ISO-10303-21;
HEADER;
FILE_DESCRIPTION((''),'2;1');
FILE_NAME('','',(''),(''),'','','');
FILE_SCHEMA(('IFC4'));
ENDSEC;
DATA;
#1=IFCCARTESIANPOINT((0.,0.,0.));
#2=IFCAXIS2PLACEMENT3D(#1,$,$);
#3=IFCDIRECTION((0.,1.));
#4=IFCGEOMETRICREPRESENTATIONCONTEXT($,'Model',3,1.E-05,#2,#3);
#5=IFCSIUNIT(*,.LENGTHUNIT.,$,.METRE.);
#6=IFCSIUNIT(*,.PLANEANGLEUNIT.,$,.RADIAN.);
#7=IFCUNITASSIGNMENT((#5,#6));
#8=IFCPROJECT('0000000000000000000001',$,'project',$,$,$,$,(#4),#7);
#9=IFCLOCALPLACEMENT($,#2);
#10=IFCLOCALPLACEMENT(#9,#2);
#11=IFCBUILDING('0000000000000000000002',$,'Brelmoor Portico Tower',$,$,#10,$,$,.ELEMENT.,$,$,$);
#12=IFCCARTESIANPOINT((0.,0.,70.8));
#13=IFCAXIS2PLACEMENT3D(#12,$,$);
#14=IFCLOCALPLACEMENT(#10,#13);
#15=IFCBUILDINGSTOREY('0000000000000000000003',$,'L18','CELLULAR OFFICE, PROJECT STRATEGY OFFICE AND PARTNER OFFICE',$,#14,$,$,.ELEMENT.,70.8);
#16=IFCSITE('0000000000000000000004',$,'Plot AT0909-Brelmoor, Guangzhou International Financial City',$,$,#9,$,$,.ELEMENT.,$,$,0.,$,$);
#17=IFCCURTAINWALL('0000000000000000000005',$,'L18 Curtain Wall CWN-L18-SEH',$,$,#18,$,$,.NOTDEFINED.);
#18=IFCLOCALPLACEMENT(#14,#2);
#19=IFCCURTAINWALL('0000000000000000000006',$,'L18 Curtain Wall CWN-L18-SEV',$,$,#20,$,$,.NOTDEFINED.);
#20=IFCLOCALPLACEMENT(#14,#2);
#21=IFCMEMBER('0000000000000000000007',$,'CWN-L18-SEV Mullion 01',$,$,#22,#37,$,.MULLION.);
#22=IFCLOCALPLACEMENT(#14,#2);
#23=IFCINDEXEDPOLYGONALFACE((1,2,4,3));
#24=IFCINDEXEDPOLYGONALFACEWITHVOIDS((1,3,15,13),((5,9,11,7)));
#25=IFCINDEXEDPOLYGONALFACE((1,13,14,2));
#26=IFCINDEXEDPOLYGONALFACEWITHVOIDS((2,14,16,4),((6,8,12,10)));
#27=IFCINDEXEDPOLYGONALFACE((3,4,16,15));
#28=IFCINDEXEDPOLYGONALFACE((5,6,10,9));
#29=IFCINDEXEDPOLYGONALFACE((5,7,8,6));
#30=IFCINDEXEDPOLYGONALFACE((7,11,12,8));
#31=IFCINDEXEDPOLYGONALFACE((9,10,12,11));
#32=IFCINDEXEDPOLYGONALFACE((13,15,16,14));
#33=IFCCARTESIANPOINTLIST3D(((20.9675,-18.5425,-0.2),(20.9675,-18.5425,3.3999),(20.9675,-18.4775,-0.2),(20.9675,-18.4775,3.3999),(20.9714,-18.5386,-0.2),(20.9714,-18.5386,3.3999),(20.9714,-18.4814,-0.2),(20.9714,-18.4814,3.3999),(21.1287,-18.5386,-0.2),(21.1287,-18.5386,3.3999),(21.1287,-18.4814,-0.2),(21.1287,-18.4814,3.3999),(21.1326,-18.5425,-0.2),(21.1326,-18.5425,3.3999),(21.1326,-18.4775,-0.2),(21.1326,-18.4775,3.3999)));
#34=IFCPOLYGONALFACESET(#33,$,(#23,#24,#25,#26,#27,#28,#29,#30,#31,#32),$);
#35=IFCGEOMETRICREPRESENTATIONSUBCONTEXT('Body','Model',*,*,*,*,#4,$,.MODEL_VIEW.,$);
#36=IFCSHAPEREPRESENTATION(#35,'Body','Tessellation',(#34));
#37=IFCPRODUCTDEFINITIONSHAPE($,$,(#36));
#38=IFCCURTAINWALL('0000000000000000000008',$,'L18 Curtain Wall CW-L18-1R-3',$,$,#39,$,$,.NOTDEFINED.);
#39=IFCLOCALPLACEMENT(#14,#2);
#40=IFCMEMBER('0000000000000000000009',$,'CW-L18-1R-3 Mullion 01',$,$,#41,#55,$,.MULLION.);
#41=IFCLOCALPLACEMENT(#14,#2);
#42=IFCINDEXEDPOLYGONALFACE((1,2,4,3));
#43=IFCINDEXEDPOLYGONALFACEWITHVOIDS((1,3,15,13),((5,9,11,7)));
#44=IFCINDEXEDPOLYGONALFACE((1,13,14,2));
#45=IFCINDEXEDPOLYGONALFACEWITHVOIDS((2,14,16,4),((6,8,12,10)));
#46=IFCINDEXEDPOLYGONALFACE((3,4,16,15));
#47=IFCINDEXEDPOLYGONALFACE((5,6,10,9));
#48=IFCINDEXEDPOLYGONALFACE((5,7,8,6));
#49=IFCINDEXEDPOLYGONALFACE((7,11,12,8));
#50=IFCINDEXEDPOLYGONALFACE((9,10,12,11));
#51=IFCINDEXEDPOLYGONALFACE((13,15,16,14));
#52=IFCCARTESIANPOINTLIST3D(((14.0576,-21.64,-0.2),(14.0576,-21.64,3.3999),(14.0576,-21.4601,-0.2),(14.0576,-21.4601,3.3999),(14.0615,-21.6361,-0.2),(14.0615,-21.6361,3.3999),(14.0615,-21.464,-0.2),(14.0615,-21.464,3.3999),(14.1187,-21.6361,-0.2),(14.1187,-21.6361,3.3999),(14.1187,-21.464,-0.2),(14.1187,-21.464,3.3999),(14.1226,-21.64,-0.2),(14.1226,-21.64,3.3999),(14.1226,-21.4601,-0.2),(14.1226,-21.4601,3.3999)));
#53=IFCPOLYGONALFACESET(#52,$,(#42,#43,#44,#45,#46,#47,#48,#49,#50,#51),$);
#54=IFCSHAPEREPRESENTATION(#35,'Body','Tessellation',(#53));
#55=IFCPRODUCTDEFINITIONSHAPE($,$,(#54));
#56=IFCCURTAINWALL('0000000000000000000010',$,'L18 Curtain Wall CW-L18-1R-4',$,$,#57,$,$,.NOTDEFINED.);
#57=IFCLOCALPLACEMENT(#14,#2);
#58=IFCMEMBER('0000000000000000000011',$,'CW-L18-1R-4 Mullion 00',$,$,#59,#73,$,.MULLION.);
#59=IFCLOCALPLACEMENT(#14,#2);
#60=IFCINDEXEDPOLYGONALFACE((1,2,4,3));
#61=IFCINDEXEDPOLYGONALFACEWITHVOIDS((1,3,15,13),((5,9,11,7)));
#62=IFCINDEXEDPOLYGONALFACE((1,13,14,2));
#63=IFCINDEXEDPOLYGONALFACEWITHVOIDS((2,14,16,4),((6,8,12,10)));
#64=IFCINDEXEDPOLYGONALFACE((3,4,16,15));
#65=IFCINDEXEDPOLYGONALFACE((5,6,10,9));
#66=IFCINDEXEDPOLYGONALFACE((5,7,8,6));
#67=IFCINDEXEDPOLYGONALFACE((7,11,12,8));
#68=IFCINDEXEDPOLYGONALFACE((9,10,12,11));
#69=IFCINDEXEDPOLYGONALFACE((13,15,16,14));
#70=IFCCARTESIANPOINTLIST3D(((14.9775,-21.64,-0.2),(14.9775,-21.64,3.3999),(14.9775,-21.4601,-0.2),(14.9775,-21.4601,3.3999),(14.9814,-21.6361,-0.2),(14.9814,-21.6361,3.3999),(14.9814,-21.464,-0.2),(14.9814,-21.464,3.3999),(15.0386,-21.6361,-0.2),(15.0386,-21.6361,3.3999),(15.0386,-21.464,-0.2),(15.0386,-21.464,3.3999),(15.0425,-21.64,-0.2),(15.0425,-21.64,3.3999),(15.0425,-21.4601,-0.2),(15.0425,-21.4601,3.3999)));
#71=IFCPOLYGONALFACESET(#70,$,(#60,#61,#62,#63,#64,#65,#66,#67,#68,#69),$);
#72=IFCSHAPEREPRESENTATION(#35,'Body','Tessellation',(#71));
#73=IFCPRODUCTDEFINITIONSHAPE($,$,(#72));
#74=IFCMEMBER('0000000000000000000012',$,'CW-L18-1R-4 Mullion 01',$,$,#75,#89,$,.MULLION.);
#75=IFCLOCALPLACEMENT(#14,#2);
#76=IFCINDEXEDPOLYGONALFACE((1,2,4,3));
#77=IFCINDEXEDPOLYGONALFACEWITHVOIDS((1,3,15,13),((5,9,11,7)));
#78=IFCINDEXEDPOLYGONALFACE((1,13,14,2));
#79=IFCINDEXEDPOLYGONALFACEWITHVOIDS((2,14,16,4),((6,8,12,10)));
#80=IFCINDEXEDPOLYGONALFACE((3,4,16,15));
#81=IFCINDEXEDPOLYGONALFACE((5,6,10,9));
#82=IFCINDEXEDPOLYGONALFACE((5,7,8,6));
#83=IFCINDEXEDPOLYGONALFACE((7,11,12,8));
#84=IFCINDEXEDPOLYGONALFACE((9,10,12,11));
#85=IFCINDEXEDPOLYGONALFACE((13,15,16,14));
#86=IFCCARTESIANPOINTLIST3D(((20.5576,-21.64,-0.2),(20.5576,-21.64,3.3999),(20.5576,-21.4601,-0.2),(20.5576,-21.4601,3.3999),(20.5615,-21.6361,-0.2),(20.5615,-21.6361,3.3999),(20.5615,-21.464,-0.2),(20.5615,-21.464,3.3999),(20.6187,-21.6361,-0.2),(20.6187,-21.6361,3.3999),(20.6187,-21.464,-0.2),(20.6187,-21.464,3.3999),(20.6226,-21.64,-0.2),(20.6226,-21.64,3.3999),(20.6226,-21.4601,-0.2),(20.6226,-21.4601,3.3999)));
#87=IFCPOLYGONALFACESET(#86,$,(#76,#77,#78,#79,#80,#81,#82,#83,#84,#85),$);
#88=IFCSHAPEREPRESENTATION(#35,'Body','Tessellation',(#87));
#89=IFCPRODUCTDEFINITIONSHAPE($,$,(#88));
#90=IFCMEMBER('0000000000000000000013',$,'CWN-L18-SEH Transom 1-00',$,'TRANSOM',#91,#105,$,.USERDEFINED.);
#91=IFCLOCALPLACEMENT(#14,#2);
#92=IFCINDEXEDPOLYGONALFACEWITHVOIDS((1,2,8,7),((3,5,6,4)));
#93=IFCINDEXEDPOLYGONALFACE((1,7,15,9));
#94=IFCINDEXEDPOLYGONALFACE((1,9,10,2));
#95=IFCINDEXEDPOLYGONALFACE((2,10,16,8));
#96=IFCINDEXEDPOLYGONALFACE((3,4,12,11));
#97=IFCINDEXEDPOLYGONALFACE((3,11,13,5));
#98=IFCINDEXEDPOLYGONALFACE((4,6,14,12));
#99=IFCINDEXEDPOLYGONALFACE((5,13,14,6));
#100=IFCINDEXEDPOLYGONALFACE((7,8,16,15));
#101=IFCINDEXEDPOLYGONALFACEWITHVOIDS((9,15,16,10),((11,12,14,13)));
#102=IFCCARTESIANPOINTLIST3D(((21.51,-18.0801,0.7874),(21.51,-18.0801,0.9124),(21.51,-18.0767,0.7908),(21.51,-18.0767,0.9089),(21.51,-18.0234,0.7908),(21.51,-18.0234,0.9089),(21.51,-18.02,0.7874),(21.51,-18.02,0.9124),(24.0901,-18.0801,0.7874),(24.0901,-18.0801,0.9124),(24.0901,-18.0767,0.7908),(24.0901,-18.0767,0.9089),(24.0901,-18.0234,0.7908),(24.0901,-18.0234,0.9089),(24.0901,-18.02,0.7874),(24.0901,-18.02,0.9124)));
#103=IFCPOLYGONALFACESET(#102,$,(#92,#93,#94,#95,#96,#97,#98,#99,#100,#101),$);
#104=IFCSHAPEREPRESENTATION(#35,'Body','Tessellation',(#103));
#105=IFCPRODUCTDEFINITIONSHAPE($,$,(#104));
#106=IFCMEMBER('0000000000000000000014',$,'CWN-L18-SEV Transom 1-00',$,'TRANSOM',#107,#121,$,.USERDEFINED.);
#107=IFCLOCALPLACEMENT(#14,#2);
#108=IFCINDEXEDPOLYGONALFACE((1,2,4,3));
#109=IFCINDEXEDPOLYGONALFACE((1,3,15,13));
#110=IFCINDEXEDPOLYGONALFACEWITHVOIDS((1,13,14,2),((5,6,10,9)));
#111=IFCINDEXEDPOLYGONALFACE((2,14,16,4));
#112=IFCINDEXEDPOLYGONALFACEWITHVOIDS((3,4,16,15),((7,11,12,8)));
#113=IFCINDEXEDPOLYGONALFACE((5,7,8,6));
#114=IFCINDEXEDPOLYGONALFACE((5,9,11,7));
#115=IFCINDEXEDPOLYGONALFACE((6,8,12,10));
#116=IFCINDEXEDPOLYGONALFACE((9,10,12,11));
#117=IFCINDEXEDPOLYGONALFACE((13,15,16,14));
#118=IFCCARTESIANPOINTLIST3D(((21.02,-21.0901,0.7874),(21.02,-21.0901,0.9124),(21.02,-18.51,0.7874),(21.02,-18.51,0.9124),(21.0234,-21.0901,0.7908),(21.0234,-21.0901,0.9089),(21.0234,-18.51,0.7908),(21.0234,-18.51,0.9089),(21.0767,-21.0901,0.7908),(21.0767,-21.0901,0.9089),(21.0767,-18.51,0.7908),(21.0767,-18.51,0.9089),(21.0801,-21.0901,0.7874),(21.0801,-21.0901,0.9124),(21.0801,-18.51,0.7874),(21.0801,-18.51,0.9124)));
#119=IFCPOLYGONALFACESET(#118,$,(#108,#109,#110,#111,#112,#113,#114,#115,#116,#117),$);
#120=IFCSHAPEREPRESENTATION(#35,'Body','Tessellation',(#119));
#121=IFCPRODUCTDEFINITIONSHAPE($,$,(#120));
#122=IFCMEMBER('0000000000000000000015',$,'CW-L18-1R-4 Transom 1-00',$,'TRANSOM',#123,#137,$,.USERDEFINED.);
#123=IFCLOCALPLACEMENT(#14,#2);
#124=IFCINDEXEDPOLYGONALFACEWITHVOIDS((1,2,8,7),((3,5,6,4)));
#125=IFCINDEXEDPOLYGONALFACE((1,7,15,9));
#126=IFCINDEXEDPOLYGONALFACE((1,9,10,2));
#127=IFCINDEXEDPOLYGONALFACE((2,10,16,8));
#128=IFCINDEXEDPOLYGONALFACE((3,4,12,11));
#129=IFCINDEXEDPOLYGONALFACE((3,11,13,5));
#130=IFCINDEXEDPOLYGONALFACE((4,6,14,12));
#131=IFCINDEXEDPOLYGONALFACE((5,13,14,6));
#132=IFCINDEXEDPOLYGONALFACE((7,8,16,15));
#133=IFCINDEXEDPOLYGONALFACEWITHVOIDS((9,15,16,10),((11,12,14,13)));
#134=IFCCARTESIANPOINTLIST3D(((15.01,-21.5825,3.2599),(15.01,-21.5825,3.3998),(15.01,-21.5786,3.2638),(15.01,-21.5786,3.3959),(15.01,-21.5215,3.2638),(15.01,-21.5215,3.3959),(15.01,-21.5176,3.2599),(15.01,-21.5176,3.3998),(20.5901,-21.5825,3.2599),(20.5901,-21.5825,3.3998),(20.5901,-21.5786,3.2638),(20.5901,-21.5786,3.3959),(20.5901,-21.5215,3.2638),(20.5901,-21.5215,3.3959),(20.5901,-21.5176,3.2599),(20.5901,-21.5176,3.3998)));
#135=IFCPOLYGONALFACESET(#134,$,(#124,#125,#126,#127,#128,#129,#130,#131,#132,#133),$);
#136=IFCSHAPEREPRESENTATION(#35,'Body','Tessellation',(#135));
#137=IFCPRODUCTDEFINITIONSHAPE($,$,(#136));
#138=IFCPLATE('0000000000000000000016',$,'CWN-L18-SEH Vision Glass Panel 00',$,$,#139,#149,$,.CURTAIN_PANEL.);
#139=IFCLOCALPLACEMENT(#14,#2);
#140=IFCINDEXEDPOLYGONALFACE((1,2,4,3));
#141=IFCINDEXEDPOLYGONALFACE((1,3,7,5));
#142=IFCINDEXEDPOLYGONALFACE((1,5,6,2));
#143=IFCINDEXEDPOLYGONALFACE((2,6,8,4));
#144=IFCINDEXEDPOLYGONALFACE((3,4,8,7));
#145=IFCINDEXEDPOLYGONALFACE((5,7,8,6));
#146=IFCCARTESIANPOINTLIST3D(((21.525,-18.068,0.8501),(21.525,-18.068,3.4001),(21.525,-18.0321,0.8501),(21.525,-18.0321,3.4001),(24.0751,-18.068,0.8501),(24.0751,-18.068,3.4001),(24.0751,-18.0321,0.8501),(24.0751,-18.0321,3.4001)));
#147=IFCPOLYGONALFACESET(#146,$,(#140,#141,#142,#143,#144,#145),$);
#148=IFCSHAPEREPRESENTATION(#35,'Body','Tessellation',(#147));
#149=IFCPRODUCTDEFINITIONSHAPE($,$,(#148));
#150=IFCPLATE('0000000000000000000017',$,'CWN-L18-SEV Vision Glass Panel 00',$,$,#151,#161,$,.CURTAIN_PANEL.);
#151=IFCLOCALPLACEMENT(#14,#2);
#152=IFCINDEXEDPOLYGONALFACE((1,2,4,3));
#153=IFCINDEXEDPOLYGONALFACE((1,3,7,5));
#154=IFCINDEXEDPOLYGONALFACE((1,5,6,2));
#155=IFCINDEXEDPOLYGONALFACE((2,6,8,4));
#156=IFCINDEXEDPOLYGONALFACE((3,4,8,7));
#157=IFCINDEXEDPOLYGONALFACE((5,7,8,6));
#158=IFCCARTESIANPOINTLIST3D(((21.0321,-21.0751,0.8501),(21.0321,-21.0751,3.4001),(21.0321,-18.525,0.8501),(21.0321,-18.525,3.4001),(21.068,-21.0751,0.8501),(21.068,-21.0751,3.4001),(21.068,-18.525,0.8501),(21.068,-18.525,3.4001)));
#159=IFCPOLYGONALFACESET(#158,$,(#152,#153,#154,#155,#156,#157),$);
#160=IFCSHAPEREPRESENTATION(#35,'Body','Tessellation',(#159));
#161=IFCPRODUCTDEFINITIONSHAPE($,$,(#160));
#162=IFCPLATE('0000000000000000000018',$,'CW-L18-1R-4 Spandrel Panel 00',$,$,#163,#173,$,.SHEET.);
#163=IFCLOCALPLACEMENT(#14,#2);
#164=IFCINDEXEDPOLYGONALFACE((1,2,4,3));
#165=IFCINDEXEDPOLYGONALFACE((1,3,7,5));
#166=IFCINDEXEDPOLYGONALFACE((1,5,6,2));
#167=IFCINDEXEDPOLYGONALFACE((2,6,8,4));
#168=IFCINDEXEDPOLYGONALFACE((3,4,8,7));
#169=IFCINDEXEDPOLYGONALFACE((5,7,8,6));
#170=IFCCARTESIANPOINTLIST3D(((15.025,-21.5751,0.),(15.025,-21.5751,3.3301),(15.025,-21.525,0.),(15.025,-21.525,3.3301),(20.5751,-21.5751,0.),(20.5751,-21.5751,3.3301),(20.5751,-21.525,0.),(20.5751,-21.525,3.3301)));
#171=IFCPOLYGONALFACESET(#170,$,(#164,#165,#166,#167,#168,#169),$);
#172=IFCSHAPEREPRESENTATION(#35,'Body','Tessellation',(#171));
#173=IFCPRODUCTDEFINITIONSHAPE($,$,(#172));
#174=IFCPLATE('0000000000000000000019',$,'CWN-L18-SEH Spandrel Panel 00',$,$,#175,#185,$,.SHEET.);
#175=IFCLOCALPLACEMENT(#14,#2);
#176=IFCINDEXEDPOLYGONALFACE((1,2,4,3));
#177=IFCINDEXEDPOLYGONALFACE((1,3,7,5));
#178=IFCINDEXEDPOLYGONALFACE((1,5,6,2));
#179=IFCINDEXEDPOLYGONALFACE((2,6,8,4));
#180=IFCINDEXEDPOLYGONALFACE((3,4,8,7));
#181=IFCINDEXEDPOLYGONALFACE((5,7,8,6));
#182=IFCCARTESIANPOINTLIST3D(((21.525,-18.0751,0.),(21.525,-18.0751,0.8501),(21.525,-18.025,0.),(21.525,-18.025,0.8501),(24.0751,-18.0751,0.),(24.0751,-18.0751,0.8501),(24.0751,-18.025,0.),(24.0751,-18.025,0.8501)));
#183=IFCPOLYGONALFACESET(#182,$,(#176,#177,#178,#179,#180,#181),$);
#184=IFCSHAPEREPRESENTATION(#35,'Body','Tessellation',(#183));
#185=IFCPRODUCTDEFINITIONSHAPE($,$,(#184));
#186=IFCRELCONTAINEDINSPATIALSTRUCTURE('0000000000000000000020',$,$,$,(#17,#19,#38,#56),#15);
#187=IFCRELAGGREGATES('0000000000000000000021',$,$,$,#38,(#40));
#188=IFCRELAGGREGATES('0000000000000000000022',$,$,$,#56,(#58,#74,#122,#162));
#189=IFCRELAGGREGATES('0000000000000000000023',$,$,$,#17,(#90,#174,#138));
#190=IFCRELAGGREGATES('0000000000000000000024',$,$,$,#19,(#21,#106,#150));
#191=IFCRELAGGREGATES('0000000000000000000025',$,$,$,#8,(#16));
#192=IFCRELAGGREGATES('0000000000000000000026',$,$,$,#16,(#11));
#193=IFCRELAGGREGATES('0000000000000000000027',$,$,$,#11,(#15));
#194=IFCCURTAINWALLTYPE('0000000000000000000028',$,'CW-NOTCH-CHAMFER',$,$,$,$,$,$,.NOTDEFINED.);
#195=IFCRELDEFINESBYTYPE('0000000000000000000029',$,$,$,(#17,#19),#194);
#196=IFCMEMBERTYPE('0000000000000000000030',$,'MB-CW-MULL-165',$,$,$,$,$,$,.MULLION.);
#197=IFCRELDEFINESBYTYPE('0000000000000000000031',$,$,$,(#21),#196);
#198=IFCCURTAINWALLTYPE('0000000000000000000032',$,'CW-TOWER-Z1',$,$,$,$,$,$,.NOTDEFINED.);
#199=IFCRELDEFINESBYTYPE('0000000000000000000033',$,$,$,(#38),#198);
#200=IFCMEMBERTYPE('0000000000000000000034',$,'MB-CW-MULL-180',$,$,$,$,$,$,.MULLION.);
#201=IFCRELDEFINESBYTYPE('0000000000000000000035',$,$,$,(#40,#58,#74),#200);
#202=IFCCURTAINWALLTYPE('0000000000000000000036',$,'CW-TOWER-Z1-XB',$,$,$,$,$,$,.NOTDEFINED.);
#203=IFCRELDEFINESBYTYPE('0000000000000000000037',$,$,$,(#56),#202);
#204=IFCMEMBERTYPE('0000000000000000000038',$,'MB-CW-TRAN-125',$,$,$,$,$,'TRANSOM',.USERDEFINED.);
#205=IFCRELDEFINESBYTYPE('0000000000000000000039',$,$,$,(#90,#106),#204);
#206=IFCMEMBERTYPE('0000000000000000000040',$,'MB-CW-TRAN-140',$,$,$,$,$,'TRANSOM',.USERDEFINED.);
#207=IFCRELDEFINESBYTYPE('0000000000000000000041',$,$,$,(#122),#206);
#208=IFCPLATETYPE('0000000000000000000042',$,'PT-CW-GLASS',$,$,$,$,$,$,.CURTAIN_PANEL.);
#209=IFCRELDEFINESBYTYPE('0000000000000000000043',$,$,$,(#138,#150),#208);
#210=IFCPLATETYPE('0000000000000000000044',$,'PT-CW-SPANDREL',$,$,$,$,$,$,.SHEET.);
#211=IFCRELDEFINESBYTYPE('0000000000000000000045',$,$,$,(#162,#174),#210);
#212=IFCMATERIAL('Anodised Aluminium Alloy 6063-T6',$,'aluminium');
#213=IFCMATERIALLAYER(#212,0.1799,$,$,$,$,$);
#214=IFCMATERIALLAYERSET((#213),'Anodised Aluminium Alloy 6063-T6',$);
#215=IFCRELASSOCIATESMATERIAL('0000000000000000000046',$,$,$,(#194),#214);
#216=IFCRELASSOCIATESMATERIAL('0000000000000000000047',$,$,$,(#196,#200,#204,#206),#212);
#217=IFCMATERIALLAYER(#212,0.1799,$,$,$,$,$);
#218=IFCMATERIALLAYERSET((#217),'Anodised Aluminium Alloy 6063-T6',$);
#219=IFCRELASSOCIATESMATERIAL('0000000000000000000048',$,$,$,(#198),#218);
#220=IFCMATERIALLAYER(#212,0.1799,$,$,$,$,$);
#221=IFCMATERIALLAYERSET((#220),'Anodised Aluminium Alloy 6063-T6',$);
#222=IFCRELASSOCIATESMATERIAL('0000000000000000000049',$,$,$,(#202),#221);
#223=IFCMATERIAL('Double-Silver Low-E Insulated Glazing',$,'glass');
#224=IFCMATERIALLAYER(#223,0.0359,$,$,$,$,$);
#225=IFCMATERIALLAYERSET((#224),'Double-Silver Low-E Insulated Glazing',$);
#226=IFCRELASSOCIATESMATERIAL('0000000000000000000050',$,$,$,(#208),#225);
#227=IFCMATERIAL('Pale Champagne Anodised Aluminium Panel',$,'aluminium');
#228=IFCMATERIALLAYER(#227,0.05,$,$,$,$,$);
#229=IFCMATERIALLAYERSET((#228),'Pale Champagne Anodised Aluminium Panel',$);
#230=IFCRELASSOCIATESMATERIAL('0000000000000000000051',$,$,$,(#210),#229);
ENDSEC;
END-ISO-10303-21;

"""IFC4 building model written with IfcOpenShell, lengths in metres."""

from ifc_helpers import new_model, si_unit, direction, frame, origin, origin_2d, place, context, subcontext, project, spatial, rectangle, hollow_rectangle, extrude, material, layer, layer_set, material_profile, profile_set, type_object, element, aggregate, save


model = new_model("IFC4")

# Units and contexts
model_context = context("Model", 3, precision=1e-05, world=origin(), true_north=direction((0.0, 1.0)))
body_context = subcontext(model_context, "Body", "Model", "MODEL_VIEW")
ifc_project = project(units=[si_unit("LENGTHUNIT", "METRE"), si_unit("PLANEANGLEUNIT", "RADIAN")], contexts=[model_context])

# Site, building, storey
site_placement = place(None, origin())
site = spatial("IfcSite", under=ifc_project, at=site_placement, Name="Plot AT0909-Brelmoor, Guangzhou International Financial City", CompositionType="ELEMENT", RefElevation=0.0)
building_placement = place(site_placement, origin())
building = spatial("IfcBuilding", under=site, at=building_placement, Name="Brelmoor Portico Tower", CompositionType="ELEMENT")
storey_placement = place(building_placement, frame((0.0, 0.0, 70.8)))
storey = spatial("IfcBuildingStorey", under=building, at=storey_placement, Name="L18", Description="CELLULAR OFFICE, PROJECT STRATEGY OFFICE AND PARTNER OFFICE", CompositionType="ELEMENT", Elevation=70.8)

# Curtain walls, member
ifc_material_1 = material(Name="Anodised Aluminium Alloy 6063-T6", Category="aluminium")
ifc_layer_1 = layer(ifc_material_1, 0.1799)
ifc_layer_set_1 = layer_set([ifc_layer_1], Name="Anodised Aluminium Alloy 6063-T6")
curtain_wall_type_1 = type_object("IfcCurtainWallType", Name="CW-NOTCH-CHAMFER", PredefinedType="NOTDEFINED", material=ifc_layer_set_1)
curtain_wall_1_placement = place(storey_placement, origin())
curtain_wall_1 = element("IfcCurtainWall", 1, at=curtain_wall_1_placement, inside=storey, type_object=curtain_wall_type_1, Name="L18 Curtain Wall CWN-L18-SEH", PredefinedType="NOTDEFINED")
ifc_material_profile_1 = material_profile(ifc_material_1, hollow_rectangle(XDim=0.0649, YDim=0.165, WallThickness=0.0039, at=origin_2d()), Name="ALU MULLION 65x165")
ifc_profile_set_1 = profile_set([ifc_material_profile_1], Name="Anodised Aluminium Alloy 6063-T6")
member_type_1 = type_object("IfcMemberType", Name="MB-CW-MULL-165", PredefinedType="MULLION", material=ifc_profile_set_1)
curtain_wall_2_placement = place(storey_placement, origin())
curtain_wall_2 = element("IfcCurtainWall", 2, at=curtain_wall_2_placement, inside=storey, type_object=curtain_wall_type_1, Name="L18 Curtain Wall CWN-L18-SEV", PredefinedType="NOTDEFINED")
member_1_placement = place(storey_placement, frame((21.05, -18.51, -0.2), z_axis=(0.0, 0.0, 1.0), x_axis=(0.0, 1.0, 0.0)))
member_1 = element("IfcMember", 3, at=member_1_placement, type_object=member_type_1, Name="CWN-L18-SEV Mullion 01", PredefinedType="MULLION", context=body_context, shape_type="SweptSolid", body=[
    extrude(hollow_rectangle(XDim=0.0649, YDim=0.165, WallThickness=0.0039, at=origin_2d()), origin(), (0.0, 0.0, 1.0), 3.5999),
])

# Curtain wall, member
ifc_layer_2 = layer(ifc_material_1, 0.1799)
ifc_layer_set_2 = layer_set([ifc_layer_2], Name="Anodised Aluminium Alloy 6063-T6")
curtain_wall_type_2 = type_object("IfcCurtainWallType", Name="CW-TOWER-Z1", PredefinedType="NOTDEFINED", material=ifc_layer_set_2)
curtain_wall_3_placement = place(storey_placement, origin())
curtain_wall_3 = element("IfcCurtainWall", 4, at=curtain_wall_3_placement, inside=storey, type_object=curtain_wall_type_2, Name="L18 Curtain Wall CW-L18-1R-3", PredefinedType="NOTDEFINED")
ifc_material_profile_2 = material_profile(ifc_material_1, hollow_rectangle(XDim=0.0649, YDim=0.1799, WallThickness=0.0039, at=origin_2d()), Name="ALU MULLION 65x180")
ifc_profile_set_2 = profile_set([ifc_material_profile_2], Name="Anodised Aluminium Alloy 6063-T6")
member_type_2 = type_object("IfcMemberType", Name="MB-CW-MULL-180", PredefinedType="MULLION", material=ifc_profile_set_2)
member_2_placement = place(storey_placement, frame((14.0901, -21.55, -0.2), z_axis=(0.0, 0.0, 1.0), x_axis=(1.0, 0.0, 0.0)))
member_2 = element("IfcMember", 5, at=member_2_placement, type_object=member_type_2, Name="CW-L18-1R-3 Mullion 01", PredefinedType="MULLION", context=body_context, shape_type="SweptSolid", body=[
    extrude(hollow_rectangle(XDim=0.0649, YDim=0.1799, WallThickness=0.0039, at=origin_2d()), origin(), (0.0, 0.0, 1.0), 3.5999),
])
aggregate(curtain_wall_3, [member_2])

# Curtain wall, members
ifc_layer_3 = layer(ifc_material_1, 0.1799)
ifc_layer_set_3 = layer_set([ifc_layer_3], Name="Anodised Aluminium Alloy 6063-T6")
curtain_wall_type_3 = type_object("IfcCurtainWallType", Name="CW-TOWER-Z1-XB", PredefinedType="NOTDEFINED", material=ifc_layer_set_3)
curtain_wall_4_placement = place(storey_placement, origin())
curtain_wall_4 = element("IfcCurtainWall", 6, at=curtain_wall_4_placement, inside=storey, type_object=curtain_wall_type_3, Name="L18 Curtain Wall CW-L18-1R-4", PredefinedType="NOTDEFINED")
member_3_placement = place(storey_placement, frame((15.01, -21.55, -0.2), z_axis=(0.0, 0.0, 1.0), x_axis=(1.0, 0.0, 0.0)))
member_3 = element("IfcMember", 7, at=member_3_placement, type_object=member_type_2, Name="CW-L18-1R-4 Mullion 00", PredefinedType="MULLION", context=body_context, shape_type="SweptSolid", body=[
    extrude(hollow_rectangle(XDim=0.0649, YDim=0.1799, WallThickness=0.0039, at=origin_2d()), origin(), (0.0, 0.0, 1.0), 3.5999),
])
member_4_placement = place(storey_placement, frame((20.5901, -21.55, -0.2), z_axis=(0.0, 0.0, 1.0), x_axis=(1.0, 0.0, 0.0)))
member_4 = element("IfcMember", 8, at=member_4_placement, type_object=member_type_2, Name="CW-L18-1R-4 Mullion 01", PredefinedType="MULLION", context=body_context, shape_type="SweptSolid", body=[
    extrude(hollow_rectangle(XDim=0.0649, YDim=0.1799, WallThickness=0.0039, at=origin_2d()), origin(), (0.0, 0.0, 1.0), 3.5999),
])

# Members
ifc_material_profile_3 = material_profile(ifc_material_1, hollow_rectangle(XDim=0.0601, YDim=0.125, WallThickness=0.0034, at=origin_2d()), Name="ALU TRANSOM 60x125")
ifc_profile_set_3 = profile_set([ifc_material_profile_3], Name="Anodised Aluminium Alloy 6063-T6")
member_type_3 = type_object("IfcMemberType", Name="MB-CW-TRAN-125", ElementType="TRANSOM", PredefinedType="USERDEFINED", material=ifc_profile_set_3)
member_5_placement = place(storey_placement, frame((21.51, -18.05, 0.8499), z_axis=(1.0, 0.0, 0.0), x_axis=(0.0, 1.0, 0.0)))
member_5 = element("IfcMember", 9, at=member_5_placement, type_object=member_type_3, Name="CWN-L18-SEH Transom 1-00", ObjectType="TRANSOM", PredefinedType="USERDEFINED", context=body_context, shape_type="SweptSolid", body=[
    extrude(hollow_rectangle(XDim=0.0601, YDim=0.125, WallThickness=0.0034, at=origin_2d()), origin(), (0.0, 0.0, 1.0), 2.5801),
])
member_6_placement = place(storey_placement, frame((21.05, -21.0901, 0.8499), z_axis=(0.0, 1.0, 0.0), x_axis=(-1.0, 0.0, 0.0)))
member_6 = element("IfcMember", 10, at=member_6_placement, type_object=member_type_3, Name="CWN-L18-SEV Transom 1-00", ObjectType="TRANSOM", PredefinedType="USERDEFINED", context=body_context, shape_type="SweptSolid", body=[
    extrude(hollow_rectangle(XDim=0.0601, YDim=0.125, WallThickness=0.0034, at=origin_2d()), origin(), (0.0, 0.0, 1.0), 2.5801),
])
ifc_material_profile_4 = material_profile(ifc_material_1, hollow_rectangle(XDim=0.0649, YDim=0.1399, WallThickness=0.0039, at=origin_2d()), Name="ALU TRANSOM 65x140")
ifc_profile_set_4 = profile_set([ifc_material_profile_4], Name="Anodised Aluminium Alloy 6063-T6")
member_type_4 = type_object("IfcMemberType", Name="MB-CW-TRAN-140", ElementType="TRANSOM", PredefinedType="USERDEFINED", material=ifc_profile_set_4)
member_7_placement = place(storey_placement, frame((15.01, -21.55, 3.3298), z_axis=(1.0, 0.0, 0.0), x_axis=(0.0, 1.0, 0.0)))
member_7 = element("IfcMember", 11, at=member_7_placement, type_object=member_type_4, Name="CW-L18-1R-4 Transom 1-00", ObjectType="TRANSOM", PredefinedType="USERDEFINED", context=body_context, shape_type="SweptSolid", body=[
    extrude(hollow_rectangle(XDim=0.0649, YDim=0.1399, WallThickness=0.0039, at=origin_2d()), origin(), (0.0, 0.0, 1.0), 5.5801),
])

# Plates
ifc_material_2 = material(Name="Double-Silver Low-E Insulated Glazing", Category="glass")
ifc_layer_4 = layer(ifc_material_2, 0.0359)
ifc_layer_set_4 = layer_set([ifc_layer_4], Name="Double-Silver Low-E Insulated Glazing")
plate_type_1 = type_object("IfcPlateType", Name="PT-CW-GLASS", PredefinedType="CURTAIN_PANEL", material=ifc_layer_set_4)
plate_1_placement = place(storey_placement, frame((22.8, -18.05, 0.8501), z_axis=(0.0, 0.0, 1.0), x_axis=(1.0, 0.0, 0.0)))
plate_1 = element("IfcPlate", 12, at=plate_1_placement, type_object=plate_type_1, Name="CWN-L18-SEH Vision Glass Panel 00", PredefinedType="CURTAIN_PANEL", context=body_context, shape_type="SweptSolid", body=[
    extrude(rectangle(XDim=2.55, YDim=0.0359, at=origin_2d()), origin(), (0.0, 0.0, 1.0), 2.55),
])
plate_2_placement = place(storey_placement, frame((21.05, -19.8, 0.8501), z_axis=(0.0, 0.0, 1.0), x_axis=(0.0, 1.0, 0.0)))
plate_2 = element("IfcPlate", 13, at=plate_2_placement, type_object=plate_type_1, Name="CWN-L18-SEV Vision Glass Panel 00", PredefinedType="CURTAIN_PANEL", context=body_context, shape_type="SweptSolid", body=[
    extrude(rectangle(XDim=2.55, YDim=0.0359, at=origin_2d()), origin(), (0.0, 0.0, 1.0), 2.55),
])
ifc_material_3 = material(Name="Pale Champagne Anodised Aluminium Panel", Category="aluminium")
ifc_layer_5 = layer(ifc_material_3, 0.05)
ifc_layer_set_5 = layer_set([ifc_layer_5], Name="Pale Champagne Anodised Aluminium Panel")
plate_type_2 = type_object("IfcPlateType", Name="PT-CW-SPANDREL", PredefinedType="SHEET", material=ifc_layer_set_5)
plate_3_placement = place(storey_placement, frame((17.8, -21.55, 0.0), z_axis=(0.0, 0.0, 1.0), x_axis=(1.0, 0.0, 0.0)))
plate_3 = element("IfcPlate", 14, at=plate_3_placement, type_object=plate_type_2, Name="CW-L18-1R-4 Spandrel Panel 00", PredefinedType="SHEET", context=body_context, shape_type="SweptSolid", body=[
    extrude(rectangle(XDim=5.55, YDim=0.05, at=origin_2d()), origin(), (0.0, 0.0, 1.0), 3.3301),
])
aggregate(curtain_wall_4, [member_3, member_4, member_7, plate_3])
plate_4_placement = place(storey_placement, frame((22.8, -18.05, 0.0), z_axis=(0.0, 0.0, 1.0), x_axis=(1.0, 0.0, 0.0)))
plate_4 = element("IfcPlate", 15, at=plate_4_placement, type_object=plate_type_2, Name="CWN-L18-SEH Spandrel Panel 00", PredefinedType="SHEET", context=body_context, shape_type="SweptSolid", body=[
    extrude(rectangle(XDim=2.55, YDim=0.05, at=origin_2d()), origin(), (0.0, 0.0, 1.0), 0.8501),
])
aggregate(curtain_wall_1, [member_5, plate_4, plate_1])
aggregate(curtain_wall_2, [member_1, member_6, plate_2])

save(model, "model.ifc")
